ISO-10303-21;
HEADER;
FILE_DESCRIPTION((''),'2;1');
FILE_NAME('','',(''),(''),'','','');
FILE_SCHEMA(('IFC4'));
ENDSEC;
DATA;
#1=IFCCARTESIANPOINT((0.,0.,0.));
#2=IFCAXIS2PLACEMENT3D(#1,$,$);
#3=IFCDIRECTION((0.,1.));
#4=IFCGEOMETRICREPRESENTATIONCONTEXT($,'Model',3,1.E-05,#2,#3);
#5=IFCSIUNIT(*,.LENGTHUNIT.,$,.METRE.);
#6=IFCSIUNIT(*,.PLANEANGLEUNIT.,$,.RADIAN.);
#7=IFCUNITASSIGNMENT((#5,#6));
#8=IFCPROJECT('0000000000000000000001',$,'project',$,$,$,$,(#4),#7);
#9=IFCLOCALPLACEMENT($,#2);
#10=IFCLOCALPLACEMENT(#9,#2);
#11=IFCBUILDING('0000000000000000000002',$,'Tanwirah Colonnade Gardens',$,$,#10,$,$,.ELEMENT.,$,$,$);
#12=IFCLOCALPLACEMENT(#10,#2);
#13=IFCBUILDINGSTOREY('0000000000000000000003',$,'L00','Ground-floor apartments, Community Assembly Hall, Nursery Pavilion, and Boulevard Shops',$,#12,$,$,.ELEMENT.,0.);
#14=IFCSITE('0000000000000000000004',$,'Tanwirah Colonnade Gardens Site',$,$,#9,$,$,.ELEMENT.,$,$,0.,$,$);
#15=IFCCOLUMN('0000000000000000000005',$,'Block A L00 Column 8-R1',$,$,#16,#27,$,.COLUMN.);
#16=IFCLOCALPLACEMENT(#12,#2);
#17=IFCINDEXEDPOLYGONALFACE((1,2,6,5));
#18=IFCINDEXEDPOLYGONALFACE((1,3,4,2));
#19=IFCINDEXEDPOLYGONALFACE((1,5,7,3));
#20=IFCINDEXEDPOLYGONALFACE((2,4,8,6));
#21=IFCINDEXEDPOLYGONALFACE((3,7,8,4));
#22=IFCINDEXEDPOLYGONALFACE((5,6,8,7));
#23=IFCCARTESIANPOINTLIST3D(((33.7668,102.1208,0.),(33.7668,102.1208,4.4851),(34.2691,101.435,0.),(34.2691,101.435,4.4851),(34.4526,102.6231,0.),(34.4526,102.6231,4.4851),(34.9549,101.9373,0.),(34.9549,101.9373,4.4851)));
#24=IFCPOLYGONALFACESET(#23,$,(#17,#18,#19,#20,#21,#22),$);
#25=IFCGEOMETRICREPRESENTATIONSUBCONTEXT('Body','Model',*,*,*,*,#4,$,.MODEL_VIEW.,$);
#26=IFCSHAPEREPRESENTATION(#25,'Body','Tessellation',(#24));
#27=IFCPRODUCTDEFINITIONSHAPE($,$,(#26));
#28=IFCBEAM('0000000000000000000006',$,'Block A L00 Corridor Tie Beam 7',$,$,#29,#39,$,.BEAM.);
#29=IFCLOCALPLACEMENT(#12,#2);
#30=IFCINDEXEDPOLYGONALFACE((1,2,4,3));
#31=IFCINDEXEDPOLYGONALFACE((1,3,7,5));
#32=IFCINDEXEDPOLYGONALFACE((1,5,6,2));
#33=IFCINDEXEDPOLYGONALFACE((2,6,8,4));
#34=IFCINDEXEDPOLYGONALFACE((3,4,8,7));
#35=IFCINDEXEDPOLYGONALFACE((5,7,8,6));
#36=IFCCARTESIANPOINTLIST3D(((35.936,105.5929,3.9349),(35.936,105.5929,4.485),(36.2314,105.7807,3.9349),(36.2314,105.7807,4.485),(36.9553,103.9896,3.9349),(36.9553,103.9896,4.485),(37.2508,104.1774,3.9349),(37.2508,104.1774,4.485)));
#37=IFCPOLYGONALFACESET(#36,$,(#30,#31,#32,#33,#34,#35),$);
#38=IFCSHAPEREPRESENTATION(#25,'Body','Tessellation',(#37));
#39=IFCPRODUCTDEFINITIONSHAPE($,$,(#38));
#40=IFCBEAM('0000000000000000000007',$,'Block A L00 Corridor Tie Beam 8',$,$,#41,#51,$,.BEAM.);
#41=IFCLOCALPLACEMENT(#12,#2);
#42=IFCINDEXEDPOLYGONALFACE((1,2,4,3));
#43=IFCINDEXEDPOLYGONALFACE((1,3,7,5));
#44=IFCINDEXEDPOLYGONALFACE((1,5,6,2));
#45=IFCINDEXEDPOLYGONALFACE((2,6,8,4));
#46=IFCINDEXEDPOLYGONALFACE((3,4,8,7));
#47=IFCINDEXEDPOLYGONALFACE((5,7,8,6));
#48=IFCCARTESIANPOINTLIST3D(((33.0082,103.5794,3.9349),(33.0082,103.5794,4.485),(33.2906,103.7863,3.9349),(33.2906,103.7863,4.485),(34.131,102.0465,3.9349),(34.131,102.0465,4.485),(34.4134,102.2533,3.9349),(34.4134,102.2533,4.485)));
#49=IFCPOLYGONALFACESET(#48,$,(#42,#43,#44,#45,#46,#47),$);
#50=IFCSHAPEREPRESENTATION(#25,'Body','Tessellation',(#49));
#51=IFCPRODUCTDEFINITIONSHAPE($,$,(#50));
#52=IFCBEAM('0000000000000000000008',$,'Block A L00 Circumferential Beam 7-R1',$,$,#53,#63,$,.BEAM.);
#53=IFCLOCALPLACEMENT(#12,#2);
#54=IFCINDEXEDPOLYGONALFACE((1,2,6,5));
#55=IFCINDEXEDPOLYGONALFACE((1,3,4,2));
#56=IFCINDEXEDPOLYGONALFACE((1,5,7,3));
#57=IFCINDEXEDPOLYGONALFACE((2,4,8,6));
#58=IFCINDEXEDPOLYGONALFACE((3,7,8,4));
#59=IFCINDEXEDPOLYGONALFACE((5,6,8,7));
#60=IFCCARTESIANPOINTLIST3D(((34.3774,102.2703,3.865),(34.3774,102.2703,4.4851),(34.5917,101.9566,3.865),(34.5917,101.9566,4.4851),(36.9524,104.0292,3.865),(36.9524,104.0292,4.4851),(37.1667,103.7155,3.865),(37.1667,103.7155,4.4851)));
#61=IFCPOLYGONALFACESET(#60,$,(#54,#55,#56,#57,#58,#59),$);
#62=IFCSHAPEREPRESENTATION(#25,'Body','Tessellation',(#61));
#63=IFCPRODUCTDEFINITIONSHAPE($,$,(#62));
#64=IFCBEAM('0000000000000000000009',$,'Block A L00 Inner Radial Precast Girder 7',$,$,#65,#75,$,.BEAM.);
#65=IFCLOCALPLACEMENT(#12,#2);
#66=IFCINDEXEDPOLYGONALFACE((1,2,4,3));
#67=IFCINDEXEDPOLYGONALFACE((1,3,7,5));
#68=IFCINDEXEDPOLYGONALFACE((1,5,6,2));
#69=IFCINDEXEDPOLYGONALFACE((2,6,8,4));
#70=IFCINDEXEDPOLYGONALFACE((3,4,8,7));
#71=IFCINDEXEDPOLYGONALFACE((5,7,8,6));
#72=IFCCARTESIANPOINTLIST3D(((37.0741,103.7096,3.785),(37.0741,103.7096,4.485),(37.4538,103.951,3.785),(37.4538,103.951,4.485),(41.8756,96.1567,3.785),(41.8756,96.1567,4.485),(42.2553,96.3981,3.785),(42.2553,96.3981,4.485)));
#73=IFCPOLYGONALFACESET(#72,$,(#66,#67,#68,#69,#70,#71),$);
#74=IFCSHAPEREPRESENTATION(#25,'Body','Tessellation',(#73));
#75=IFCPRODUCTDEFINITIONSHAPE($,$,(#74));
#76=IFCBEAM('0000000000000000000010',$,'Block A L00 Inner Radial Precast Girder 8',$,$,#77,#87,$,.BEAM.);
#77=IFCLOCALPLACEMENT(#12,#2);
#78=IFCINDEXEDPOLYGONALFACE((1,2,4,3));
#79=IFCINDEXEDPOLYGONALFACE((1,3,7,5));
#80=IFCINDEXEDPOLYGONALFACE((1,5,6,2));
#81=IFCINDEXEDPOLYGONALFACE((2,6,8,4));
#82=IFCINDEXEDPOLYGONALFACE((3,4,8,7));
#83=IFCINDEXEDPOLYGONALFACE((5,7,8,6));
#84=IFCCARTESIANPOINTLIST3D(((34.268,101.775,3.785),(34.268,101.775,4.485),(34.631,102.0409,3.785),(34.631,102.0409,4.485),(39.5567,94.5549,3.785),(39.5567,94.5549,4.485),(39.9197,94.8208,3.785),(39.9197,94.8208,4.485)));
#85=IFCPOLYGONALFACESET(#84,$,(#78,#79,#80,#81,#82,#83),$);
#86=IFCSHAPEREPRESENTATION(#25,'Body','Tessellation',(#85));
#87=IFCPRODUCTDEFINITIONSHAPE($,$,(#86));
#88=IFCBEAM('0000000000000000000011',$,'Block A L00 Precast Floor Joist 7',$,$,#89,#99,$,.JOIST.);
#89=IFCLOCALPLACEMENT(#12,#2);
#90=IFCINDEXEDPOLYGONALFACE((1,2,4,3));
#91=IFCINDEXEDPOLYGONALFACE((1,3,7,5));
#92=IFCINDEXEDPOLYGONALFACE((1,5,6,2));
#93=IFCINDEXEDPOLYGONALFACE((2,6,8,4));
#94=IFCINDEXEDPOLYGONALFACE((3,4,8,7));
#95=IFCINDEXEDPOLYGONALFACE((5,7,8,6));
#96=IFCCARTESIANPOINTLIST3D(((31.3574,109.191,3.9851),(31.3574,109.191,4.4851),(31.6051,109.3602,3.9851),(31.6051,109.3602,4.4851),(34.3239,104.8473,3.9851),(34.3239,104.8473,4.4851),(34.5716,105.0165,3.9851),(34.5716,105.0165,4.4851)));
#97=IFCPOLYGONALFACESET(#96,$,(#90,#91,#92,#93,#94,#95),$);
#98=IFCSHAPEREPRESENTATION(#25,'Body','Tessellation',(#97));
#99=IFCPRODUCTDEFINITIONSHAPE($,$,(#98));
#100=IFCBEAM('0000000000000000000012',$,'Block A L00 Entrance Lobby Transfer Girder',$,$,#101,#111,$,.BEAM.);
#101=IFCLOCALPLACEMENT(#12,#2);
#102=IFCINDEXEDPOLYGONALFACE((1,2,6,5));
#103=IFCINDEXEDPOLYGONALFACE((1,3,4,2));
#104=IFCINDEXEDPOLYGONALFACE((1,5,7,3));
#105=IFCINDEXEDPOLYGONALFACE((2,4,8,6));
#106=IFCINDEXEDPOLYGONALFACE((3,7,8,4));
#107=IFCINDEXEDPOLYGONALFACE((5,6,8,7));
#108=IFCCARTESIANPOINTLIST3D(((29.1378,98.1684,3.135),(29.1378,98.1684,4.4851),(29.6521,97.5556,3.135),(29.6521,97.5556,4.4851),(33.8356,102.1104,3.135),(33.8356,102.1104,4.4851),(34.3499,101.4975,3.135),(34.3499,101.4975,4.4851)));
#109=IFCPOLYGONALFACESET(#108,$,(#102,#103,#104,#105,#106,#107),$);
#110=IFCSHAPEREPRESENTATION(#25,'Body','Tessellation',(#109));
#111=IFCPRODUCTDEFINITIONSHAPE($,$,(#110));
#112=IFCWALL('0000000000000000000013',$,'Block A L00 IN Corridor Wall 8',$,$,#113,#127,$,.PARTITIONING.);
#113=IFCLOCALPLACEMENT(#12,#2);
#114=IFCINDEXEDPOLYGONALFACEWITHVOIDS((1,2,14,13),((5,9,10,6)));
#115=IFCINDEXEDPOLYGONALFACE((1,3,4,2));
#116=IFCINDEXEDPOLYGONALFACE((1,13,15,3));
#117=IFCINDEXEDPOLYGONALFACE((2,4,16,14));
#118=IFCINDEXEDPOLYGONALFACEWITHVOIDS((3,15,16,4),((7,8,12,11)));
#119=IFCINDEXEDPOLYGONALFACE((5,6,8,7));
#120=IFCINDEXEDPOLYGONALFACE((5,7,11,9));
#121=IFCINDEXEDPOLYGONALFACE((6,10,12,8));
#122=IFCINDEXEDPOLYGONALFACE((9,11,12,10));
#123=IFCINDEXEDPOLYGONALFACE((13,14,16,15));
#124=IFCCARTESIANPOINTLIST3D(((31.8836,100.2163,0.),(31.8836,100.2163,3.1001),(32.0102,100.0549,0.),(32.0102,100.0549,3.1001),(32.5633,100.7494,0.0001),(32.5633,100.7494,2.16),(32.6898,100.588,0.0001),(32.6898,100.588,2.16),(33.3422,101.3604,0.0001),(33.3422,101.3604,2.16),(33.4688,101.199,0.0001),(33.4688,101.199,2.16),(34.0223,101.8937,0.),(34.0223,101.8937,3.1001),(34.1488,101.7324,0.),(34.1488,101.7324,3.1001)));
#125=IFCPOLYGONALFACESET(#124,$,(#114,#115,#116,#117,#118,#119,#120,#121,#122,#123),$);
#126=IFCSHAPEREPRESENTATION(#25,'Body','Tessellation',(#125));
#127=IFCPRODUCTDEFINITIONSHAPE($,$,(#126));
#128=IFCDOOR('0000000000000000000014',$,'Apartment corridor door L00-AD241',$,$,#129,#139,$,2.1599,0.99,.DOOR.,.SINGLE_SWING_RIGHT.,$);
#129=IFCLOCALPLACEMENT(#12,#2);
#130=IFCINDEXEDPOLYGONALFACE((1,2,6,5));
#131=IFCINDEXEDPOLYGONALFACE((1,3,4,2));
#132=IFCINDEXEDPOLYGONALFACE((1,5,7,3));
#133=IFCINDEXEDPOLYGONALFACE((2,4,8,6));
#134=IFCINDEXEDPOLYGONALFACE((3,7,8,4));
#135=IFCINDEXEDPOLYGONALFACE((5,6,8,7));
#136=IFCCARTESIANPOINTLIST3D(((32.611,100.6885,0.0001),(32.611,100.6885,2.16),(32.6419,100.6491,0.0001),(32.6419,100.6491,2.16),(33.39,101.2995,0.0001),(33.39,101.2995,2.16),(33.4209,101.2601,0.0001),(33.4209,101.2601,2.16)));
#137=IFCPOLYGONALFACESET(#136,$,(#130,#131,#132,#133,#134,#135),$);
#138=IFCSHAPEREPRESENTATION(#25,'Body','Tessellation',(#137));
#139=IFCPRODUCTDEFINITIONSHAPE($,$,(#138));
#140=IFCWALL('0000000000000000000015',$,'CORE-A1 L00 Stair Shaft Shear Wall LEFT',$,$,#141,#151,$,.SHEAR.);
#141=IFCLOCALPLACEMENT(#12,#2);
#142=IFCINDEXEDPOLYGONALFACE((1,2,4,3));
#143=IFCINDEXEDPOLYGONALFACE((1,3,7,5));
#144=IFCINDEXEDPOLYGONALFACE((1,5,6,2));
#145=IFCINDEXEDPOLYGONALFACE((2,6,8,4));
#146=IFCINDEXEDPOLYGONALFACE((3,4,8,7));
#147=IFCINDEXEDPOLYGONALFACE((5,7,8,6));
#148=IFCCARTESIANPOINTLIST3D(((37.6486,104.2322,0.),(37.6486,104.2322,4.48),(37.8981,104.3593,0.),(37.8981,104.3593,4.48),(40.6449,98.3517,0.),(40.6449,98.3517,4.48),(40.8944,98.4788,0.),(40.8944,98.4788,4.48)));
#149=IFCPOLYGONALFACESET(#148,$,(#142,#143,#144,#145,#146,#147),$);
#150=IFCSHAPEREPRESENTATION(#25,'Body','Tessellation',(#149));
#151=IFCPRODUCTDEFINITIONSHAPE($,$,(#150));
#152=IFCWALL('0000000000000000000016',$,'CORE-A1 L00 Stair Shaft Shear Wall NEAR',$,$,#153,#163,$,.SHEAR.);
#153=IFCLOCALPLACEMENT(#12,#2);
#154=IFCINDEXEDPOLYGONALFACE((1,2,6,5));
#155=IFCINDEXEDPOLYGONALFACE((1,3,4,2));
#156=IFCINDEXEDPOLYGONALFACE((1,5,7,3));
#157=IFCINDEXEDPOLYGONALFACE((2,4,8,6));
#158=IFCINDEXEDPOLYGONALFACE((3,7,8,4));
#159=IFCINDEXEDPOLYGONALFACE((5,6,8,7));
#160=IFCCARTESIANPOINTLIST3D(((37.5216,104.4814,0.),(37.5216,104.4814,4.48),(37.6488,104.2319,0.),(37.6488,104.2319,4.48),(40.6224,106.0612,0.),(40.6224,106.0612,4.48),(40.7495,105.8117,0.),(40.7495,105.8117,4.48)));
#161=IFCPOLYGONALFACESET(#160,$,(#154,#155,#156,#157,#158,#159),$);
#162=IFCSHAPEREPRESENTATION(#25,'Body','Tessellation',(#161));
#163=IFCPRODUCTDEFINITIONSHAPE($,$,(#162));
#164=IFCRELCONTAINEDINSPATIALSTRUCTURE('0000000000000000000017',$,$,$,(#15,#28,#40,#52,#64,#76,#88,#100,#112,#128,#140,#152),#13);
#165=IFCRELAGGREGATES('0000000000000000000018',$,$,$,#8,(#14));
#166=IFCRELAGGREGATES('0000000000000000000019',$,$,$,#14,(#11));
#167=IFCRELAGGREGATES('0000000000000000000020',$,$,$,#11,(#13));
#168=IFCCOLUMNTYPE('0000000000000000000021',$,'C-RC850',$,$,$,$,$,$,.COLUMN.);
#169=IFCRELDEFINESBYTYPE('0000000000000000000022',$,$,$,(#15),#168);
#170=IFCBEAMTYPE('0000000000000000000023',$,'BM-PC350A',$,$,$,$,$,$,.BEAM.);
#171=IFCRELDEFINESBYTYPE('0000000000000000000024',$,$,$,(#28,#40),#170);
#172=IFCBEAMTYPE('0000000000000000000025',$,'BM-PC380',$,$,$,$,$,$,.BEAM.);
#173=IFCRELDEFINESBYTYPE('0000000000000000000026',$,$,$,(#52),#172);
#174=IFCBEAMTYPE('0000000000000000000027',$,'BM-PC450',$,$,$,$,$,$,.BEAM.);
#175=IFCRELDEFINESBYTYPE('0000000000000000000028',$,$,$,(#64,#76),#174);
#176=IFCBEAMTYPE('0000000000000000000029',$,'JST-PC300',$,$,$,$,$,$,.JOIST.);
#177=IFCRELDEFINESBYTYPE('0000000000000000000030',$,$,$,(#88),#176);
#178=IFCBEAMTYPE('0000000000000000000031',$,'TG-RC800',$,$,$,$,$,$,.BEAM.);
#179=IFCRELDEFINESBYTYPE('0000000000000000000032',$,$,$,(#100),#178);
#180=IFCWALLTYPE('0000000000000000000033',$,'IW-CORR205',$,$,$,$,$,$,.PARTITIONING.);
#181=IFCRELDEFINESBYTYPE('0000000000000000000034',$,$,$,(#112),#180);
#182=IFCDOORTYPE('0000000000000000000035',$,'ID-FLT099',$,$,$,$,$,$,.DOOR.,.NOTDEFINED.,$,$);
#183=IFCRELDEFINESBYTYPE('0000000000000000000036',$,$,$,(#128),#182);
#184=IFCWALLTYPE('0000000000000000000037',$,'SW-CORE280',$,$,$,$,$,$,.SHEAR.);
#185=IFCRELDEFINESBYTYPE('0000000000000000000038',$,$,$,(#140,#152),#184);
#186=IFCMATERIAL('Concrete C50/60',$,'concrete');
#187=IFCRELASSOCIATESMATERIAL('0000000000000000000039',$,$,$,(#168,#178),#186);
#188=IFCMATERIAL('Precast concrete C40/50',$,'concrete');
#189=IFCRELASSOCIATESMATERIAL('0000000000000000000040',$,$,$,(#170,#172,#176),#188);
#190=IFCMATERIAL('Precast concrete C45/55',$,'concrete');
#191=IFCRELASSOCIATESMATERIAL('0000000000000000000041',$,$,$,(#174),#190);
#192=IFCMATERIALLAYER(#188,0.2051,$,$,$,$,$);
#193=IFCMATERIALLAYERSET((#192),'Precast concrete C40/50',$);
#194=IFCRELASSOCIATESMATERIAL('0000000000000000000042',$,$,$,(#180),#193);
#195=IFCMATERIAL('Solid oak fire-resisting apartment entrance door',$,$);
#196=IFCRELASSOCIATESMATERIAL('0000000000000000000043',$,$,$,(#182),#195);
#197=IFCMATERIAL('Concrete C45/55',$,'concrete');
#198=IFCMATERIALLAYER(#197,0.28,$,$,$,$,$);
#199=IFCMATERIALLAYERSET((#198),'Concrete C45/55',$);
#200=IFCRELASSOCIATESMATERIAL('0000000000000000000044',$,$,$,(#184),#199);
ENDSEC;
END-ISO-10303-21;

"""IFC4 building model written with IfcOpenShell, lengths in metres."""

from ifc_helpers import new_model, si_unit, direction, frame, frame_2d, origin, origin_2d, place, context, subcontext, project, spatial, rectangle, extrude, material, layer, layer_set, material_profile, profile_set, type_object, element, fill, save


model = new_model("IFC4")

# Units and contexts
model_context = context("Model", 3, precision=1e-05, world=origin(), true_north=direction((0.0, 1.0)))
body_context = subcontext(model_context, "Body", "Model", "MODEL_VIEW")
ifc_project = project(units=[si_unit("LENGTHUNIT", "METRE"), si_unit("PLANEANGLEUNIT", "RADIAN")], contexts=[model_context])

# Site, building, storey
site_placement = place(None, origin())
site = spatial("IfcSite", under=ifc_project, at=site_placement, Name="Tanwirah Colonnade Gardens Site", CompositionType="ELEMENT", RefElevation=0.0)
building_placement = place(site_placement, origin())
building = spatial("IfcBuilding", under=site, at=building_placement, Name="Tanwirah Colonnade Gardens", CompositionType="ELEMENT")
storey_placement = place(building_placement, origin())
storey = spatial("IfcBuildingStorey", under=building, at=storey_placement, Name="L00", Description="Ground-floor apartments, Community Assembly Hall, Nursery Pavilion, and Boulevard Shops", CompositionType="ELEMENT", Elevation=0.0)

# Column
ifc_material_1 = material(Name="Concrete C50/60", Category="concrete")
ifc_material_profile_1 = material_profile(ifc_material_1, rectangle(XDim=0.8501, YDim=0.8501, at=origin_2d()), Name="RC-COL 850x850")
ifc_profile_set_1 = profile_set([ifc_material_profile_1], Name="Concrete C50/60")
column_type = type_object("IfcColumnType", Name="C-RC850", PredefinedType="COLUMN", material=ifc_profile_set_1)
column_placement = place(storey_placement, frame((34.3608, 102.0291, 0.0), z_axis=(0.0, 0.0, 1.0), x_axis=(-0.590919, 0.806731, 0.0)))
element("IfcColumn", 1, at=column_placement, inside=storey, type_object=column_type, Name="Block A L00 Column 8-R1", PredefinedType="COLUMN", context=body_context, shape_type="SweptSolid", body=[
    extrude(rectangle(XDim=0.8501, YDim=0.8501, at=origin_2d()), origin(), (0.0, 0.0, 1.0), 4.4851),
])

# Beams
ifc_material_2 = material(Name="Precast concrete C40/50", Category="concrete")
ifc_material_profile_2 = material_profile(ifc_material_2, rectangle(XDim=0.3501, YDim=0.55, at=origin_2d()), Name="PC-BM 350x550")
ifc_profile_set_2 = profile_set([ifc_material_profile_2], Name="Precast concrete C40/50")
beam_type_1 = type_object("IfcBeamType", Name="BM-PC350A", PredefinedType="BEAM", material=ifc_profile_set_2)
beam_1_placement = place(storey_placement, frame((37.103, 104.0835, 4.21), z_axis=(-0.53651, 0.843894, 0.0), x_axis=(-0.843894, -0.53651, 0.0)))
element("IfcBeam", 2, at=beam_1_placement, inside=storey, type_object=beam_type_1, Name="Block A L00 Corridor Tie Beam 7", PredefinedType="BEAM", context=body_context, shape_type="SweptSolid", body=[
    extrude(rectangle(XDim=0.3501, YDim=0.55, at=origin_2d()), origin(), (0.0, 0.0, 1.0), 1.8999),
])
beam_2_placement = place(storey_placement, frame((34.2722, 102.1499, 4.21), z_axis=(-0.590896, 0.806748, 0.0), x_axis=(-0.806748, -0.590896, 0.0)))
element("IfcBeam", 3, at=beam_2_placement, inside=storey, type_object=beam_type_1, Name="Block A L00 Corridor Tie Beam 8", PredefinedType="BEAM", context=body_context, shape_type="SweptSolid", body=[
    extrude(rectangle(XDim=0.3501, YDim=0.55, at=origin_2d()), origin(), (0.0, 0.0, 1.0), 1.9001),
])
ifc_material_profile_3 = material_profile(ifc_material_2, rectangle(XDim=0.3799, YDim=0.6201, at=origin_2d()), Name="PC-BM 380x620")
ifc_profile_set_3 = profile_set([ifc_material_profile_3], Name="Precast concrete C40/50")
beam_type_2 = type_object("IfcBeamType", Name="BM-PC380", PredefinedType="BEAM", material=ifc_profile_set_3)
beam_3_placement = place(storey_placement, frame((37.0596, 103.8723, 4.175), z_axis=(-0.825758, -0.564024, 0.0), x_axis=(0.564024, -0.825758, 0.0)))
element("IfcBeam", 4, at=beam_3_placement, inside=storey, type_object=beam_type_2, Name="Block A L00 Circumferential Beam 7-R1", PredefinedType="BEAM", context=body_context, shape_type="SweptSolid", body=[
    extrude(rectangle(XDim=0.3799, YDim=0.6201, at=origin_2d()), origin(), (0.0, 0.0, 1.0), 3.1184),
])
ifc_material_3 = material(Name="Precast concrete C45/55", Category="concrete")
ifc_material_profile_4 = material_profile(ifc_material_3, rectangle(XDim=0.45, YDim=0.7, at=origin_2d()), Name="PC-BM 450x700")
ifc_profile_set_4 = profile_set([ifc_material_profile_4], Name="Precast concrete C45/55")
beam_type_3 = type_object("IfcBeamType", Name="BM-PC450", PredefinedType="BEAM", material=ifc_profile_set_4)
for number, where, z_axis, x_axis, name in (
    (5, (37.2639, 103.8303, 4.135), (0.536484, -0.843911, 0.0), (0.843911, 0.536484, 0.0), "Block A L00 Inner Radial Precast Girder 7"),
    (6, (34.4495, 101.908, 4.135), (0.590927, -0.806725, 0.0), (0.806725, 0.590927, 0.0), "Block A L00 Inner Radial Precast Girder 8"),
):
    element("IfcBeam", number, at=place(storey_placement, frame(where, z_axis=z_axis, x_axis=x_axis)), inside=storey, type_object=beam_type_3, Name=name, PredefinedType="BEAM", context=body_context, shape_type="SweptSolid", body=[
        extrude(rectangle(XDim=0.45, YDim=0.7, at=origin_2d()), origin(), (0.0, 0.0, 1.0), 8.95),
    ])
ifc_material_profile_5 = material_profile(ifc_material_2, rectangle(XDim=0.3, YDim=0.5, at=origin_2d()), Name="PC-JST 300x500")
ifc_profile_set_5 = profile_set([ifc_material_profile_5], Name="Precast concrete C40/50")
beam_type_4 = type_object("IfcBeamType", Name="JST-PC300", PredefinedType="JOIST", material=ifc_profile_set_5)
beam_4_placement = place(storey_placement, frame((34.4478, 104.9319, 4.2351), z_axis=(-0.563973, 0.825793, 0.0), x_axis=(-0.825793, -0.563973, 0.0)))
element("IfcBeam", 7, at=beam_4_placement, inside=storey, type_object=beam_type_4, Name="Block A L00 Precast Floor Joist 7", PredefinedType="JOIST", context=body_context, shape_type="SweptSolid", body=[
    extrude(rectangle(XDim=0.3, YDim=0.5, at=origin_2d()), origin(), (0.0, 0.0, 1.0), 5.26),
])
ifc_material_profile_6 = material_profile(ifc_material_1, rectangle(XDim=0.8, YDim=1.3501, at=origin_2d()), Name="RC-TG 800x1350")
ifc_profile_set_6 = profile_set([ifc_material_profile_6], Name="Concrete C50/60")
beam_type_5 = type_object("IfcBeamType", Name="TG-RC800", PredefinedType="BEAM", material=ifc_profile_set_6)
beam_5_placement = place(storey_placement, frame((34.0928, 101.804, 3.8101), z_axis=(-0.766044, -0.642789, 0.0), x_axis=(0.642789, -0.766044, 0.0)))
element("IfcBeam", 8, at=beam_5_placement, inside=storey, type_object=beam_type_5, Name="Block A L00 Entrance Lobby Transfer Girder", PredefinedType="BEAM", context=body_context, shape_type="SweptSolid", body=[
    extrude(rectangle(XDim=0.8, YDim=1.3501, at=origin_2d()), origin(), (0.0, 0.0, 1.0), 6.1326),
])

# Wall, opening, door
ifc_layer_1 = layer(ifc_material_2, 0.2051)
ifc_layer_set_1 = layer_set([ifc_layer_1], Name="Precast concrete C40/50")
wall_type_1 = type_object("IfcWallType", Name="IW-CORR205", PredefinedType="PARTITIONING", material=ifc_layer_set_1)
ifc_material_4 = material(Name="Solid oak fire-resisting apartment entrance door")
wall_1_placement = place(storey_placement, frame((34.0854, 101.813, 0.0), z_axis=(0.0, 0.0, 1.0), x_axis=(-0.786835, -0.617163, 0.0)))
wall_1 = element("IfcWall", 9, at=wall_1_placement, inside=storey, type_object=wall_type_1, Name="Block A L00 IN Corridor Wall 8", PredefinedType="PARTITIONING", context=body_context, shape_type="SweptSolid", body=[
    extrude(rectangle(XDim=2.718, YDim=0.2051, at=frame_2d((1.3589, 0.0))), origin(), (0.0, 0.0, 1.0), 3.1001),
])
opening_1_placement = place(wall_1_placement, frame((0.864, 0.0, 0.0)))
opening_1 = element("IfcOpeningElement", 10, at=opening_1_placement, cuts=wall_1, PredefinedType="OPENING", context=body_context, shape_type="SweptSolid", body=[
    extrude(rectangle(XDim=0.99, YDim=2.1599, at=frame_2d((0.4951, 1.0801))), frame((0.0, 0.1125, 0.0), z_axis=(0.0, -1.0, 0.0), x_axis=(1.0, 0.0, 0.0)), (0.0, 0.0, 1.0), 0.2251),
])
door_type_1 = type_object("IfcDoorType", Name="ID-FLT099", OperationType="NOTDEFINED", PredefinedType="DOOR", material=ifc_material_4)
door_1_placement = place(opening_1_placement, origin())
door_1 = element("IfcDoor", 11, at=door_1_placement, inside=storey, type_object=door_type_1, Name="Apartment corridor door L00-AD241", OperationType="SINGLE_SWING_RIGHT", OverallHeight=2.1599, OverallWidth=0.99, PredefinedType="DOOR", context=body_context, shape_type="SweptSolid", body=[
    extrude(rectangle(XDim=0.99, YDim=2.1599, at=frame_2d((0.4951, 1.0801))), frame((0.0, 0.0249, 0.0), z_axis=(0.0, -1.0, 0.0), x_axis=(1.0, 0.0, 0.0)), (0.0, 0.0, 1.0), 0.05),
])
fill(opening_1, door_1)

# Walls
ifc_material_5 = material(Name="Concrete C45/55", Category="concrete")
ifc_layer_2 = layer(ifc_material_5, 0.28)
ifc_layer_set_2 = layer_set([ifc_layer_2], Name="Concrete C45/55")
wall_type_2 = type_object("IfcWallType", Name="SW-CORE280", PredefinedType="SHEAR", material=ifc_layer_set_2)
wall_2_placement = place(storey_placement, frame((37.7734, 104.2957, 0.0), z_axis=(0.0, 0.0, 1.0), x_axis=(0.453992, -0.891006, 0.0)))
element("IfcWall", 12, at=wall_2_placement, inside=storey, type_object=wall_type_2, Name="CORE-A1 L00 Stair Shaft Shear Wall LEFT", PredefinedType="SHEAR", context=body_context, shape_type="SweptSolid", body=[
    extrude(rectangle(XDim=6.5999, YDim=0.28, at=frame_2d((3.2998, 0.0))), origin(), (0.0, 0.0, 1.0), 4.48),
])
wall_3_placement = place(storey_placement, frame((37.5852, 104.3567, 0.0), z_axis=(0.0, 0.0, 1.0), x_axis=(0.89102, 0.453964, 0.0)))
element("IfcWall", 13, at=wall_3_placement, inside=storey, type_object=wall_type_2, Name="CORE-A1 L00 Stair Shaft Shear Wall NEAR", PredefinedType="SHEAR", context=body_context, shape_type="SweptSolid", body=[
    extrude(rectangle(XDim=3.48, YDim=0.28, at=frame_2d((1.74, 0.0))), origin(), (0.0, 0.0, 1.0), 4.48),
])

save(model, "model.ifc")
